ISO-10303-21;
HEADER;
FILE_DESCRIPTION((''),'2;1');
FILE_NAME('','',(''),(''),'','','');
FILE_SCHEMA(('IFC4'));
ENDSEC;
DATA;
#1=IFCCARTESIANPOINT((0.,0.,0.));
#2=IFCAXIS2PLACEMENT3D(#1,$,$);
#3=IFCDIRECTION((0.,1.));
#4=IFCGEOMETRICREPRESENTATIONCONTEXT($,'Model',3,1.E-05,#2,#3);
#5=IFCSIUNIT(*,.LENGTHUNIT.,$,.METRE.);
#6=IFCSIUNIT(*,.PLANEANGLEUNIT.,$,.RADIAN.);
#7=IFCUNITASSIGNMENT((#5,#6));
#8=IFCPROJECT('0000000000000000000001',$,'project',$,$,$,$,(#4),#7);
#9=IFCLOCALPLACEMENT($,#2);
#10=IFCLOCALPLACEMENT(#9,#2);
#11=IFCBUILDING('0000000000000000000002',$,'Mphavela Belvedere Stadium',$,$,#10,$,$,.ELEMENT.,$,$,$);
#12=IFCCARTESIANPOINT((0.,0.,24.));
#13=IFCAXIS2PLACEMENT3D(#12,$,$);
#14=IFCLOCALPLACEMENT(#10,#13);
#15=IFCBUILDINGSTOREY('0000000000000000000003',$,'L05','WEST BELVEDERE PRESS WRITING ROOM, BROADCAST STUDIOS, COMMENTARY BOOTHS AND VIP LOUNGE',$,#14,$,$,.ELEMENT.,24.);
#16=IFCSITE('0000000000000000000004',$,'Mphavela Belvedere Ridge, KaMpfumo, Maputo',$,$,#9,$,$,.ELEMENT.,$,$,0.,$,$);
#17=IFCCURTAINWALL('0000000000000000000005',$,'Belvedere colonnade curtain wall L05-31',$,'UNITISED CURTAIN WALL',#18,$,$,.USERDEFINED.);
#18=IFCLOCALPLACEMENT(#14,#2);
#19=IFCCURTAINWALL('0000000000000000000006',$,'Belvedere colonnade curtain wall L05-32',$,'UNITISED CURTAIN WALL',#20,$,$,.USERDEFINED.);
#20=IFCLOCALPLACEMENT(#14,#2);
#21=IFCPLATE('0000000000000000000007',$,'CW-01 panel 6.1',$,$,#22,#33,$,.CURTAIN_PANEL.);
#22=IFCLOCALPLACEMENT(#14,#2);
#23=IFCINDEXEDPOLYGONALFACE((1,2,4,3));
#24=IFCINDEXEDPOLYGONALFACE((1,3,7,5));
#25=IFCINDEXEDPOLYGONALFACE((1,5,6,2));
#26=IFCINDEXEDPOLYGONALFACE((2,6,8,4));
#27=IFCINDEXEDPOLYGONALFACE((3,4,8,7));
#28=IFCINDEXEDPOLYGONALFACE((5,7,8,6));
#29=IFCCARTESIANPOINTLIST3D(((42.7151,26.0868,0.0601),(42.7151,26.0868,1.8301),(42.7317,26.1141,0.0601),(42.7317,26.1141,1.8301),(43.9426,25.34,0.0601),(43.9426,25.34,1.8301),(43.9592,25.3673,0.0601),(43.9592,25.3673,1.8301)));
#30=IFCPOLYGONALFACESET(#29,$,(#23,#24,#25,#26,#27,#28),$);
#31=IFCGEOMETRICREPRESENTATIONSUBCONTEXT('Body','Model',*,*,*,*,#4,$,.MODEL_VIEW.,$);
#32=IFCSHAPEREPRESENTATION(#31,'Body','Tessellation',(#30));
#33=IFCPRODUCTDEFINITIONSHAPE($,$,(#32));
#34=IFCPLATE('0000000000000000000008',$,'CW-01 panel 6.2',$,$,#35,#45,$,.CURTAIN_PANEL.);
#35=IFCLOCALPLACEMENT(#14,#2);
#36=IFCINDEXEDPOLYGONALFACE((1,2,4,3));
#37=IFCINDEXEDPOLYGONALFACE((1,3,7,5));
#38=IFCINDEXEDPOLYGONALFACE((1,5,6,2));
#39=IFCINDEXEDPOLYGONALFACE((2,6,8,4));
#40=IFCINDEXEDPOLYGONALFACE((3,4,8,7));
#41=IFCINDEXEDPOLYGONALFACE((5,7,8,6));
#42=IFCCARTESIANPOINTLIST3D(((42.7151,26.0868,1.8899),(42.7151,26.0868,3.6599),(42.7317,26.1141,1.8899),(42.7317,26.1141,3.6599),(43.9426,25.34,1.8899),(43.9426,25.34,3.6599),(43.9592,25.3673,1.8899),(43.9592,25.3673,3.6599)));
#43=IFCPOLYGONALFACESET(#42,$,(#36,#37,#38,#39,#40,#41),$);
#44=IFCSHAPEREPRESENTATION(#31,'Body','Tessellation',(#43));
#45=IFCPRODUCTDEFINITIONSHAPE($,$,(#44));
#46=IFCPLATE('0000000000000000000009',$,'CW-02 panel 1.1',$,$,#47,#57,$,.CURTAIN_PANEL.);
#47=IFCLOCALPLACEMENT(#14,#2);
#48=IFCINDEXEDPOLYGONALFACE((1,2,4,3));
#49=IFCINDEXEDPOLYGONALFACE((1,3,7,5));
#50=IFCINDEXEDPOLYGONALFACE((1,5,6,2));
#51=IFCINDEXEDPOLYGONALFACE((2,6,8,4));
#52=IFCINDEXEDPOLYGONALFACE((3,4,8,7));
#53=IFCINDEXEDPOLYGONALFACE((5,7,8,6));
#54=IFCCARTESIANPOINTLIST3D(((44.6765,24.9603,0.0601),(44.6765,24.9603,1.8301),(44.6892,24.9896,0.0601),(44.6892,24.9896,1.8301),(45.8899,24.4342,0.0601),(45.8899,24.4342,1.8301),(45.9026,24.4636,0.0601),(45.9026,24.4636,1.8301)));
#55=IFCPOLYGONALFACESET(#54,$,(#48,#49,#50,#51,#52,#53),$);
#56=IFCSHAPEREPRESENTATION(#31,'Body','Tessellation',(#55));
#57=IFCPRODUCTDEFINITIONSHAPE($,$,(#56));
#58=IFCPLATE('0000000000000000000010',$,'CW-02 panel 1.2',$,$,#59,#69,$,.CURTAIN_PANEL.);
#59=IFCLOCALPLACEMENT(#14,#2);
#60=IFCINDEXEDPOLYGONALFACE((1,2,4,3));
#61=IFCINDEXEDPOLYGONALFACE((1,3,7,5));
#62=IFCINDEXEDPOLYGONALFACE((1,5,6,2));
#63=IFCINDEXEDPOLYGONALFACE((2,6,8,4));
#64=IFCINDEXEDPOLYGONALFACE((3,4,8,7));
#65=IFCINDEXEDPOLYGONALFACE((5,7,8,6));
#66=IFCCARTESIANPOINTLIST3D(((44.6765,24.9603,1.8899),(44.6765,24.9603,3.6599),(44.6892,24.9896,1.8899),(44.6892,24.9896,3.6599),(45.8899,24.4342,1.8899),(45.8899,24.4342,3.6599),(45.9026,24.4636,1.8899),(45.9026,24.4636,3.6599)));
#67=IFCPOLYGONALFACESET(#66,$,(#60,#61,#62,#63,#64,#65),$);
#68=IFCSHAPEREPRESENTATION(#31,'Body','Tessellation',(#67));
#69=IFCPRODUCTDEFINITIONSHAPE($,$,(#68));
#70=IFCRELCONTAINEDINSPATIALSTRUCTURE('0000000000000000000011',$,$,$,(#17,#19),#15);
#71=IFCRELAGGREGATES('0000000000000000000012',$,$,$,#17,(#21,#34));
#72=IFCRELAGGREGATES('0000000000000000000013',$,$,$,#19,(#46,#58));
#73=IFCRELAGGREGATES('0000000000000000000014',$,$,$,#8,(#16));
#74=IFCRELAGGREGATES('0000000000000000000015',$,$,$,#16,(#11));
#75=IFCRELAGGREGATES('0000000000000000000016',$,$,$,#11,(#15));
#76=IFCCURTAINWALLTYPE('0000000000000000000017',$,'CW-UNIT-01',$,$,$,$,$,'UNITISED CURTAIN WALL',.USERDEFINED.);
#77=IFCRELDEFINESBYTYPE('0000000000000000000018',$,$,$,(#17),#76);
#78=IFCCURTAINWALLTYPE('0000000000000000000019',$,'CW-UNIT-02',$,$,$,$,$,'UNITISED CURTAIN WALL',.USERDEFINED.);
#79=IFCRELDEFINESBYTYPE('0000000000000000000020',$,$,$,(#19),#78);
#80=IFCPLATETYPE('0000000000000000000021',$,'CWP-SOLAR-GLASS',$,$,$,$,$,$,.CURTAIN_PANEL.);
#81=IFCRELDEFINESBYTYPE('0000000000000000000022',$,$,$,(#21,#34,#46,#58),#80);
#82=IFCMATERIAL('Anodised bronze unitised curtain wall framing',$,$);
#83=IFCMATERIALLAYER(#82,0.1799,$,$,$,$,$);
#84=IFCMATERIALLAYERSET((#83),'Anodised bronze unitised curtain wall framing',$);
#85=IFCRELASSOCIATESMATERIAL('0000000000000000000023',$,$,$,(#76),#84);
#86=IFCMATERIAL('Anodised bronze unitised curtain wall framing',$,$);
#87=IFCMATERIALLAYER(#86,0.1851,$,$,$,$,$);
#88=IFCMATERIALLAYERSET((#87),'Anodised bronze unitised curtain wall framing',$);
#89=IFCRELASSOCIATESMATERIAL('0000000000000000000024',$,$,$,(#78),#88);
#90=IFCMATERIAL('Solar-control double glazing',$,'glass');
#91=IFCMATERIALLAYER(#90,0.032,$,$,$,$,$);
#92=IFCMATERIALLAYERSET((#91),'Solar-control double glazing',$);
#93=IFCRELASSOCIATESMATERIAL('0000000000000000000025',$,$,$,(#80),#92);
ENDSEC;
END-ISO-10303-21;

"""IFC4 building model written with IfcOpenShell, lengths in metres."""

from ifc_helpers import new_model, si_unit, direction, frame, origin, origin_2d, place, context, subcontext, project, spatial, rectangle, extrude, material, layer, layer_set, type_object, element, aggregate, save


model = new_model("IFC4")

# Units and contexts
model_context = context("Model", 3, precision=1e-05, world=origin(), true_north=direction((0.0, 1.0)))
body_context = subcontext(model_context, "Body", "Model", "MODEL_VIEW")
ifc_project = project(units=[si_unit("LENGTHUNIT", "METRE"), si_unit("PLANEANGLEUNIT", "RADIAN")], contexts=[model_context])

# Site, building, storey
site_placement = place(None, origin())
site = spatial("IfcSite", under=ifc_project, at=site_placement, Name="Mphavela Belvedere Ridge, KaMpfumo, Maputo", CompositionType="ELEMENT", RefElevation=0.0)
building_placement = place(site_placement, origin())
building = spatial("IfcBuilding", under=site, at=building_placement, Name="Mphavela Belvedere Stadium", CompositionType="ELEMENT")
storey_placement = place(building_placement, frame((0.0, 0.0, 24.0)))
storey = spatial("IfcBuildingStorey", under=building, at=storey_placement, Name="L05", Description="WEST BELVEDERE PRESS WRITING ROOM, BROADCAST STUDIOS, COMMENTARY BOOTHS AND VIP LOUNGE", CompositionType="ELEMENT", Elevation=24.0)

# Curtain wall
ifc_material_1 = material(Name="Anodised bronze unitised curtain wall framing")
ifc_layer_1 = layer(ifc_material_1, 0.1799)
ifc_layer_set_1 = layer_set([ifc_layer_1], Name="Anodised bronze unitised curtain wall framing")
curtain_wall_type_1 = type_object("IfcCurtainWallType", Name="CW-UNIT-01", ElementType="UNITISED CURTAIN WALL", PredefinedType="USERDEFINED", material=ifc_layer_set_1)
curtain_wall_1_placement = place(storey_placement, origin())
curtain_wall_1 = element("IfcCurtainWall", 1, at=curtain_wall_1_placement, inside=storey, type_object=curtain_wall_type_1, Name="Belvedere colonnade curtain wall L05-31", ObjectType="UNITISED CURTAIN WALL", PredefinedType="USERDEFINED")

# Curtain wall
ifc_material_2 = material(Name="Anodised bronze unitised curtain wall framing")
ifc_layer_2 = layer(ifc_material_2, 0.1851)
ifc_layer_set_2 = layer_set([ifc_layer_2], Name="Anodised bronze unitised curtain wall framing")
curtain_wall_type_2 = type_object("IfcCurtainWallType", Name="CW-UNIT-02", ElementType="UNITISED CURTAIN WALL", PredefinedType="USERDEFINED", material=ifc_layer_set_2)
curtain_wall_2_placement = place(storey_placement, origin())
curtain_wall_2 = element("IfcCurtainWall", 2, at=curtain_wall_2_placement, inside=storey, type_object=curtain_wall_type_2, Name="Belvedere colonnade curtain wall L05-32", ObjectType="UNITISED CURTAIN WALL", PredefinedType="USERDEFINED")

# Plates
ifc_material_3 = material(Name="Solar-control double glazing", Category="glass")
ifc_layer_3 = layer(ifc_material_3, 0.032)
ifc_layer_set_3 = layer_set([ifc_layer_3], Name="Solar-control double glazing")
plate_type = type_object("IfcPlateType", Name="CWP-SOLAR-GLASS", PredefinedType="CURTAIN_PANEL", material=ifc_layer_set_3)
plate_1_placement = place(storey_placement, frame((43.3372, 25.7271, 0.0601), z_axis=(0.0, 0.0, 1.0), x_axis=(0.854327, -0.519735, 0.0)))
plate_1 = element("IfcPlate", 3, at=plate_1_placement, type_object=plate_type, Name="CW-01 panel 6.1", PredefinedType="CURTAIN_PANEL", context=body_context, shape_type="SweptSolid", body=[
    extrude(rectangle(XDim=1.4368, YDim=0.032, at=origin_2d()), origin(), (0.0, 0.0, 1.0), 1.77),
])
plate_2_placement = place(storey_placement, frame((43.3372, 25.7271, 1.8899), z_axis=(0.0, 0.0, 1.0), x_axis=(0.854327, -0.519735, 0.0)))
plate_2 = element("IfcPlate", 4, at=plate_2_placement, type_object=plate_type, Name="CW-01 panel 6.2", PredefinedType="CURTAIN_PANEL", context=body_context, shape_type="SweptSolid", body=[
    extrude(rectangle(XDim=1.4368, YDim=0.032, at=origin_2d()), origin(), (0.0, 0.0, 1.0), 1.77),
])
aggregate(curtain_wall_1, [plate_1, plate_2])
plate_3_placement = place(storey_placement, frame((45.2896, 24.7119, 0.0601), z_axis=(0.0, 0.0, 1.0), x_axis=(0.917497, -0.397743, 0.0)))
plate_3 = element("IfcPlate", 5, at=plate_3_placement, type_object=plate_type, Name="CW-02 panel 1.1", PredefinedType="CURTAIN_PANEL", context=body_context, shape_type="SweptSolid", body=[
    extrude(rectangle(XDim=1.3225, YDim=0.032, at=origin_2d()), origin(), (0.0, 0.0, 1.0), 1.77),
])
plate_4_placement = place(storey_placement, frame((45.2896, 24.7119, 1.8899), z_axis=(0.0, 0.0, 1.0), x_axis=(0.917497, -0.397743, 0.0)))
plate_4 = element("IfcPlate", 6, at=plate_4_placement, type_object=plate_type, Name="CW-02 panel 1.2", PredefinedType="CURTAIN_PANEL", context=body_context, shape_type="SweptSolid", body=[
    extrude(rectangle(XDim=1.3225, YDim=0.032, at=origin_2d()), origin(), (0.0, 0.0, 1.0), 1.77),
])
aggregate(curtain_wall_2, [plate_3, plate_4])

save(model, "model.ifc")
